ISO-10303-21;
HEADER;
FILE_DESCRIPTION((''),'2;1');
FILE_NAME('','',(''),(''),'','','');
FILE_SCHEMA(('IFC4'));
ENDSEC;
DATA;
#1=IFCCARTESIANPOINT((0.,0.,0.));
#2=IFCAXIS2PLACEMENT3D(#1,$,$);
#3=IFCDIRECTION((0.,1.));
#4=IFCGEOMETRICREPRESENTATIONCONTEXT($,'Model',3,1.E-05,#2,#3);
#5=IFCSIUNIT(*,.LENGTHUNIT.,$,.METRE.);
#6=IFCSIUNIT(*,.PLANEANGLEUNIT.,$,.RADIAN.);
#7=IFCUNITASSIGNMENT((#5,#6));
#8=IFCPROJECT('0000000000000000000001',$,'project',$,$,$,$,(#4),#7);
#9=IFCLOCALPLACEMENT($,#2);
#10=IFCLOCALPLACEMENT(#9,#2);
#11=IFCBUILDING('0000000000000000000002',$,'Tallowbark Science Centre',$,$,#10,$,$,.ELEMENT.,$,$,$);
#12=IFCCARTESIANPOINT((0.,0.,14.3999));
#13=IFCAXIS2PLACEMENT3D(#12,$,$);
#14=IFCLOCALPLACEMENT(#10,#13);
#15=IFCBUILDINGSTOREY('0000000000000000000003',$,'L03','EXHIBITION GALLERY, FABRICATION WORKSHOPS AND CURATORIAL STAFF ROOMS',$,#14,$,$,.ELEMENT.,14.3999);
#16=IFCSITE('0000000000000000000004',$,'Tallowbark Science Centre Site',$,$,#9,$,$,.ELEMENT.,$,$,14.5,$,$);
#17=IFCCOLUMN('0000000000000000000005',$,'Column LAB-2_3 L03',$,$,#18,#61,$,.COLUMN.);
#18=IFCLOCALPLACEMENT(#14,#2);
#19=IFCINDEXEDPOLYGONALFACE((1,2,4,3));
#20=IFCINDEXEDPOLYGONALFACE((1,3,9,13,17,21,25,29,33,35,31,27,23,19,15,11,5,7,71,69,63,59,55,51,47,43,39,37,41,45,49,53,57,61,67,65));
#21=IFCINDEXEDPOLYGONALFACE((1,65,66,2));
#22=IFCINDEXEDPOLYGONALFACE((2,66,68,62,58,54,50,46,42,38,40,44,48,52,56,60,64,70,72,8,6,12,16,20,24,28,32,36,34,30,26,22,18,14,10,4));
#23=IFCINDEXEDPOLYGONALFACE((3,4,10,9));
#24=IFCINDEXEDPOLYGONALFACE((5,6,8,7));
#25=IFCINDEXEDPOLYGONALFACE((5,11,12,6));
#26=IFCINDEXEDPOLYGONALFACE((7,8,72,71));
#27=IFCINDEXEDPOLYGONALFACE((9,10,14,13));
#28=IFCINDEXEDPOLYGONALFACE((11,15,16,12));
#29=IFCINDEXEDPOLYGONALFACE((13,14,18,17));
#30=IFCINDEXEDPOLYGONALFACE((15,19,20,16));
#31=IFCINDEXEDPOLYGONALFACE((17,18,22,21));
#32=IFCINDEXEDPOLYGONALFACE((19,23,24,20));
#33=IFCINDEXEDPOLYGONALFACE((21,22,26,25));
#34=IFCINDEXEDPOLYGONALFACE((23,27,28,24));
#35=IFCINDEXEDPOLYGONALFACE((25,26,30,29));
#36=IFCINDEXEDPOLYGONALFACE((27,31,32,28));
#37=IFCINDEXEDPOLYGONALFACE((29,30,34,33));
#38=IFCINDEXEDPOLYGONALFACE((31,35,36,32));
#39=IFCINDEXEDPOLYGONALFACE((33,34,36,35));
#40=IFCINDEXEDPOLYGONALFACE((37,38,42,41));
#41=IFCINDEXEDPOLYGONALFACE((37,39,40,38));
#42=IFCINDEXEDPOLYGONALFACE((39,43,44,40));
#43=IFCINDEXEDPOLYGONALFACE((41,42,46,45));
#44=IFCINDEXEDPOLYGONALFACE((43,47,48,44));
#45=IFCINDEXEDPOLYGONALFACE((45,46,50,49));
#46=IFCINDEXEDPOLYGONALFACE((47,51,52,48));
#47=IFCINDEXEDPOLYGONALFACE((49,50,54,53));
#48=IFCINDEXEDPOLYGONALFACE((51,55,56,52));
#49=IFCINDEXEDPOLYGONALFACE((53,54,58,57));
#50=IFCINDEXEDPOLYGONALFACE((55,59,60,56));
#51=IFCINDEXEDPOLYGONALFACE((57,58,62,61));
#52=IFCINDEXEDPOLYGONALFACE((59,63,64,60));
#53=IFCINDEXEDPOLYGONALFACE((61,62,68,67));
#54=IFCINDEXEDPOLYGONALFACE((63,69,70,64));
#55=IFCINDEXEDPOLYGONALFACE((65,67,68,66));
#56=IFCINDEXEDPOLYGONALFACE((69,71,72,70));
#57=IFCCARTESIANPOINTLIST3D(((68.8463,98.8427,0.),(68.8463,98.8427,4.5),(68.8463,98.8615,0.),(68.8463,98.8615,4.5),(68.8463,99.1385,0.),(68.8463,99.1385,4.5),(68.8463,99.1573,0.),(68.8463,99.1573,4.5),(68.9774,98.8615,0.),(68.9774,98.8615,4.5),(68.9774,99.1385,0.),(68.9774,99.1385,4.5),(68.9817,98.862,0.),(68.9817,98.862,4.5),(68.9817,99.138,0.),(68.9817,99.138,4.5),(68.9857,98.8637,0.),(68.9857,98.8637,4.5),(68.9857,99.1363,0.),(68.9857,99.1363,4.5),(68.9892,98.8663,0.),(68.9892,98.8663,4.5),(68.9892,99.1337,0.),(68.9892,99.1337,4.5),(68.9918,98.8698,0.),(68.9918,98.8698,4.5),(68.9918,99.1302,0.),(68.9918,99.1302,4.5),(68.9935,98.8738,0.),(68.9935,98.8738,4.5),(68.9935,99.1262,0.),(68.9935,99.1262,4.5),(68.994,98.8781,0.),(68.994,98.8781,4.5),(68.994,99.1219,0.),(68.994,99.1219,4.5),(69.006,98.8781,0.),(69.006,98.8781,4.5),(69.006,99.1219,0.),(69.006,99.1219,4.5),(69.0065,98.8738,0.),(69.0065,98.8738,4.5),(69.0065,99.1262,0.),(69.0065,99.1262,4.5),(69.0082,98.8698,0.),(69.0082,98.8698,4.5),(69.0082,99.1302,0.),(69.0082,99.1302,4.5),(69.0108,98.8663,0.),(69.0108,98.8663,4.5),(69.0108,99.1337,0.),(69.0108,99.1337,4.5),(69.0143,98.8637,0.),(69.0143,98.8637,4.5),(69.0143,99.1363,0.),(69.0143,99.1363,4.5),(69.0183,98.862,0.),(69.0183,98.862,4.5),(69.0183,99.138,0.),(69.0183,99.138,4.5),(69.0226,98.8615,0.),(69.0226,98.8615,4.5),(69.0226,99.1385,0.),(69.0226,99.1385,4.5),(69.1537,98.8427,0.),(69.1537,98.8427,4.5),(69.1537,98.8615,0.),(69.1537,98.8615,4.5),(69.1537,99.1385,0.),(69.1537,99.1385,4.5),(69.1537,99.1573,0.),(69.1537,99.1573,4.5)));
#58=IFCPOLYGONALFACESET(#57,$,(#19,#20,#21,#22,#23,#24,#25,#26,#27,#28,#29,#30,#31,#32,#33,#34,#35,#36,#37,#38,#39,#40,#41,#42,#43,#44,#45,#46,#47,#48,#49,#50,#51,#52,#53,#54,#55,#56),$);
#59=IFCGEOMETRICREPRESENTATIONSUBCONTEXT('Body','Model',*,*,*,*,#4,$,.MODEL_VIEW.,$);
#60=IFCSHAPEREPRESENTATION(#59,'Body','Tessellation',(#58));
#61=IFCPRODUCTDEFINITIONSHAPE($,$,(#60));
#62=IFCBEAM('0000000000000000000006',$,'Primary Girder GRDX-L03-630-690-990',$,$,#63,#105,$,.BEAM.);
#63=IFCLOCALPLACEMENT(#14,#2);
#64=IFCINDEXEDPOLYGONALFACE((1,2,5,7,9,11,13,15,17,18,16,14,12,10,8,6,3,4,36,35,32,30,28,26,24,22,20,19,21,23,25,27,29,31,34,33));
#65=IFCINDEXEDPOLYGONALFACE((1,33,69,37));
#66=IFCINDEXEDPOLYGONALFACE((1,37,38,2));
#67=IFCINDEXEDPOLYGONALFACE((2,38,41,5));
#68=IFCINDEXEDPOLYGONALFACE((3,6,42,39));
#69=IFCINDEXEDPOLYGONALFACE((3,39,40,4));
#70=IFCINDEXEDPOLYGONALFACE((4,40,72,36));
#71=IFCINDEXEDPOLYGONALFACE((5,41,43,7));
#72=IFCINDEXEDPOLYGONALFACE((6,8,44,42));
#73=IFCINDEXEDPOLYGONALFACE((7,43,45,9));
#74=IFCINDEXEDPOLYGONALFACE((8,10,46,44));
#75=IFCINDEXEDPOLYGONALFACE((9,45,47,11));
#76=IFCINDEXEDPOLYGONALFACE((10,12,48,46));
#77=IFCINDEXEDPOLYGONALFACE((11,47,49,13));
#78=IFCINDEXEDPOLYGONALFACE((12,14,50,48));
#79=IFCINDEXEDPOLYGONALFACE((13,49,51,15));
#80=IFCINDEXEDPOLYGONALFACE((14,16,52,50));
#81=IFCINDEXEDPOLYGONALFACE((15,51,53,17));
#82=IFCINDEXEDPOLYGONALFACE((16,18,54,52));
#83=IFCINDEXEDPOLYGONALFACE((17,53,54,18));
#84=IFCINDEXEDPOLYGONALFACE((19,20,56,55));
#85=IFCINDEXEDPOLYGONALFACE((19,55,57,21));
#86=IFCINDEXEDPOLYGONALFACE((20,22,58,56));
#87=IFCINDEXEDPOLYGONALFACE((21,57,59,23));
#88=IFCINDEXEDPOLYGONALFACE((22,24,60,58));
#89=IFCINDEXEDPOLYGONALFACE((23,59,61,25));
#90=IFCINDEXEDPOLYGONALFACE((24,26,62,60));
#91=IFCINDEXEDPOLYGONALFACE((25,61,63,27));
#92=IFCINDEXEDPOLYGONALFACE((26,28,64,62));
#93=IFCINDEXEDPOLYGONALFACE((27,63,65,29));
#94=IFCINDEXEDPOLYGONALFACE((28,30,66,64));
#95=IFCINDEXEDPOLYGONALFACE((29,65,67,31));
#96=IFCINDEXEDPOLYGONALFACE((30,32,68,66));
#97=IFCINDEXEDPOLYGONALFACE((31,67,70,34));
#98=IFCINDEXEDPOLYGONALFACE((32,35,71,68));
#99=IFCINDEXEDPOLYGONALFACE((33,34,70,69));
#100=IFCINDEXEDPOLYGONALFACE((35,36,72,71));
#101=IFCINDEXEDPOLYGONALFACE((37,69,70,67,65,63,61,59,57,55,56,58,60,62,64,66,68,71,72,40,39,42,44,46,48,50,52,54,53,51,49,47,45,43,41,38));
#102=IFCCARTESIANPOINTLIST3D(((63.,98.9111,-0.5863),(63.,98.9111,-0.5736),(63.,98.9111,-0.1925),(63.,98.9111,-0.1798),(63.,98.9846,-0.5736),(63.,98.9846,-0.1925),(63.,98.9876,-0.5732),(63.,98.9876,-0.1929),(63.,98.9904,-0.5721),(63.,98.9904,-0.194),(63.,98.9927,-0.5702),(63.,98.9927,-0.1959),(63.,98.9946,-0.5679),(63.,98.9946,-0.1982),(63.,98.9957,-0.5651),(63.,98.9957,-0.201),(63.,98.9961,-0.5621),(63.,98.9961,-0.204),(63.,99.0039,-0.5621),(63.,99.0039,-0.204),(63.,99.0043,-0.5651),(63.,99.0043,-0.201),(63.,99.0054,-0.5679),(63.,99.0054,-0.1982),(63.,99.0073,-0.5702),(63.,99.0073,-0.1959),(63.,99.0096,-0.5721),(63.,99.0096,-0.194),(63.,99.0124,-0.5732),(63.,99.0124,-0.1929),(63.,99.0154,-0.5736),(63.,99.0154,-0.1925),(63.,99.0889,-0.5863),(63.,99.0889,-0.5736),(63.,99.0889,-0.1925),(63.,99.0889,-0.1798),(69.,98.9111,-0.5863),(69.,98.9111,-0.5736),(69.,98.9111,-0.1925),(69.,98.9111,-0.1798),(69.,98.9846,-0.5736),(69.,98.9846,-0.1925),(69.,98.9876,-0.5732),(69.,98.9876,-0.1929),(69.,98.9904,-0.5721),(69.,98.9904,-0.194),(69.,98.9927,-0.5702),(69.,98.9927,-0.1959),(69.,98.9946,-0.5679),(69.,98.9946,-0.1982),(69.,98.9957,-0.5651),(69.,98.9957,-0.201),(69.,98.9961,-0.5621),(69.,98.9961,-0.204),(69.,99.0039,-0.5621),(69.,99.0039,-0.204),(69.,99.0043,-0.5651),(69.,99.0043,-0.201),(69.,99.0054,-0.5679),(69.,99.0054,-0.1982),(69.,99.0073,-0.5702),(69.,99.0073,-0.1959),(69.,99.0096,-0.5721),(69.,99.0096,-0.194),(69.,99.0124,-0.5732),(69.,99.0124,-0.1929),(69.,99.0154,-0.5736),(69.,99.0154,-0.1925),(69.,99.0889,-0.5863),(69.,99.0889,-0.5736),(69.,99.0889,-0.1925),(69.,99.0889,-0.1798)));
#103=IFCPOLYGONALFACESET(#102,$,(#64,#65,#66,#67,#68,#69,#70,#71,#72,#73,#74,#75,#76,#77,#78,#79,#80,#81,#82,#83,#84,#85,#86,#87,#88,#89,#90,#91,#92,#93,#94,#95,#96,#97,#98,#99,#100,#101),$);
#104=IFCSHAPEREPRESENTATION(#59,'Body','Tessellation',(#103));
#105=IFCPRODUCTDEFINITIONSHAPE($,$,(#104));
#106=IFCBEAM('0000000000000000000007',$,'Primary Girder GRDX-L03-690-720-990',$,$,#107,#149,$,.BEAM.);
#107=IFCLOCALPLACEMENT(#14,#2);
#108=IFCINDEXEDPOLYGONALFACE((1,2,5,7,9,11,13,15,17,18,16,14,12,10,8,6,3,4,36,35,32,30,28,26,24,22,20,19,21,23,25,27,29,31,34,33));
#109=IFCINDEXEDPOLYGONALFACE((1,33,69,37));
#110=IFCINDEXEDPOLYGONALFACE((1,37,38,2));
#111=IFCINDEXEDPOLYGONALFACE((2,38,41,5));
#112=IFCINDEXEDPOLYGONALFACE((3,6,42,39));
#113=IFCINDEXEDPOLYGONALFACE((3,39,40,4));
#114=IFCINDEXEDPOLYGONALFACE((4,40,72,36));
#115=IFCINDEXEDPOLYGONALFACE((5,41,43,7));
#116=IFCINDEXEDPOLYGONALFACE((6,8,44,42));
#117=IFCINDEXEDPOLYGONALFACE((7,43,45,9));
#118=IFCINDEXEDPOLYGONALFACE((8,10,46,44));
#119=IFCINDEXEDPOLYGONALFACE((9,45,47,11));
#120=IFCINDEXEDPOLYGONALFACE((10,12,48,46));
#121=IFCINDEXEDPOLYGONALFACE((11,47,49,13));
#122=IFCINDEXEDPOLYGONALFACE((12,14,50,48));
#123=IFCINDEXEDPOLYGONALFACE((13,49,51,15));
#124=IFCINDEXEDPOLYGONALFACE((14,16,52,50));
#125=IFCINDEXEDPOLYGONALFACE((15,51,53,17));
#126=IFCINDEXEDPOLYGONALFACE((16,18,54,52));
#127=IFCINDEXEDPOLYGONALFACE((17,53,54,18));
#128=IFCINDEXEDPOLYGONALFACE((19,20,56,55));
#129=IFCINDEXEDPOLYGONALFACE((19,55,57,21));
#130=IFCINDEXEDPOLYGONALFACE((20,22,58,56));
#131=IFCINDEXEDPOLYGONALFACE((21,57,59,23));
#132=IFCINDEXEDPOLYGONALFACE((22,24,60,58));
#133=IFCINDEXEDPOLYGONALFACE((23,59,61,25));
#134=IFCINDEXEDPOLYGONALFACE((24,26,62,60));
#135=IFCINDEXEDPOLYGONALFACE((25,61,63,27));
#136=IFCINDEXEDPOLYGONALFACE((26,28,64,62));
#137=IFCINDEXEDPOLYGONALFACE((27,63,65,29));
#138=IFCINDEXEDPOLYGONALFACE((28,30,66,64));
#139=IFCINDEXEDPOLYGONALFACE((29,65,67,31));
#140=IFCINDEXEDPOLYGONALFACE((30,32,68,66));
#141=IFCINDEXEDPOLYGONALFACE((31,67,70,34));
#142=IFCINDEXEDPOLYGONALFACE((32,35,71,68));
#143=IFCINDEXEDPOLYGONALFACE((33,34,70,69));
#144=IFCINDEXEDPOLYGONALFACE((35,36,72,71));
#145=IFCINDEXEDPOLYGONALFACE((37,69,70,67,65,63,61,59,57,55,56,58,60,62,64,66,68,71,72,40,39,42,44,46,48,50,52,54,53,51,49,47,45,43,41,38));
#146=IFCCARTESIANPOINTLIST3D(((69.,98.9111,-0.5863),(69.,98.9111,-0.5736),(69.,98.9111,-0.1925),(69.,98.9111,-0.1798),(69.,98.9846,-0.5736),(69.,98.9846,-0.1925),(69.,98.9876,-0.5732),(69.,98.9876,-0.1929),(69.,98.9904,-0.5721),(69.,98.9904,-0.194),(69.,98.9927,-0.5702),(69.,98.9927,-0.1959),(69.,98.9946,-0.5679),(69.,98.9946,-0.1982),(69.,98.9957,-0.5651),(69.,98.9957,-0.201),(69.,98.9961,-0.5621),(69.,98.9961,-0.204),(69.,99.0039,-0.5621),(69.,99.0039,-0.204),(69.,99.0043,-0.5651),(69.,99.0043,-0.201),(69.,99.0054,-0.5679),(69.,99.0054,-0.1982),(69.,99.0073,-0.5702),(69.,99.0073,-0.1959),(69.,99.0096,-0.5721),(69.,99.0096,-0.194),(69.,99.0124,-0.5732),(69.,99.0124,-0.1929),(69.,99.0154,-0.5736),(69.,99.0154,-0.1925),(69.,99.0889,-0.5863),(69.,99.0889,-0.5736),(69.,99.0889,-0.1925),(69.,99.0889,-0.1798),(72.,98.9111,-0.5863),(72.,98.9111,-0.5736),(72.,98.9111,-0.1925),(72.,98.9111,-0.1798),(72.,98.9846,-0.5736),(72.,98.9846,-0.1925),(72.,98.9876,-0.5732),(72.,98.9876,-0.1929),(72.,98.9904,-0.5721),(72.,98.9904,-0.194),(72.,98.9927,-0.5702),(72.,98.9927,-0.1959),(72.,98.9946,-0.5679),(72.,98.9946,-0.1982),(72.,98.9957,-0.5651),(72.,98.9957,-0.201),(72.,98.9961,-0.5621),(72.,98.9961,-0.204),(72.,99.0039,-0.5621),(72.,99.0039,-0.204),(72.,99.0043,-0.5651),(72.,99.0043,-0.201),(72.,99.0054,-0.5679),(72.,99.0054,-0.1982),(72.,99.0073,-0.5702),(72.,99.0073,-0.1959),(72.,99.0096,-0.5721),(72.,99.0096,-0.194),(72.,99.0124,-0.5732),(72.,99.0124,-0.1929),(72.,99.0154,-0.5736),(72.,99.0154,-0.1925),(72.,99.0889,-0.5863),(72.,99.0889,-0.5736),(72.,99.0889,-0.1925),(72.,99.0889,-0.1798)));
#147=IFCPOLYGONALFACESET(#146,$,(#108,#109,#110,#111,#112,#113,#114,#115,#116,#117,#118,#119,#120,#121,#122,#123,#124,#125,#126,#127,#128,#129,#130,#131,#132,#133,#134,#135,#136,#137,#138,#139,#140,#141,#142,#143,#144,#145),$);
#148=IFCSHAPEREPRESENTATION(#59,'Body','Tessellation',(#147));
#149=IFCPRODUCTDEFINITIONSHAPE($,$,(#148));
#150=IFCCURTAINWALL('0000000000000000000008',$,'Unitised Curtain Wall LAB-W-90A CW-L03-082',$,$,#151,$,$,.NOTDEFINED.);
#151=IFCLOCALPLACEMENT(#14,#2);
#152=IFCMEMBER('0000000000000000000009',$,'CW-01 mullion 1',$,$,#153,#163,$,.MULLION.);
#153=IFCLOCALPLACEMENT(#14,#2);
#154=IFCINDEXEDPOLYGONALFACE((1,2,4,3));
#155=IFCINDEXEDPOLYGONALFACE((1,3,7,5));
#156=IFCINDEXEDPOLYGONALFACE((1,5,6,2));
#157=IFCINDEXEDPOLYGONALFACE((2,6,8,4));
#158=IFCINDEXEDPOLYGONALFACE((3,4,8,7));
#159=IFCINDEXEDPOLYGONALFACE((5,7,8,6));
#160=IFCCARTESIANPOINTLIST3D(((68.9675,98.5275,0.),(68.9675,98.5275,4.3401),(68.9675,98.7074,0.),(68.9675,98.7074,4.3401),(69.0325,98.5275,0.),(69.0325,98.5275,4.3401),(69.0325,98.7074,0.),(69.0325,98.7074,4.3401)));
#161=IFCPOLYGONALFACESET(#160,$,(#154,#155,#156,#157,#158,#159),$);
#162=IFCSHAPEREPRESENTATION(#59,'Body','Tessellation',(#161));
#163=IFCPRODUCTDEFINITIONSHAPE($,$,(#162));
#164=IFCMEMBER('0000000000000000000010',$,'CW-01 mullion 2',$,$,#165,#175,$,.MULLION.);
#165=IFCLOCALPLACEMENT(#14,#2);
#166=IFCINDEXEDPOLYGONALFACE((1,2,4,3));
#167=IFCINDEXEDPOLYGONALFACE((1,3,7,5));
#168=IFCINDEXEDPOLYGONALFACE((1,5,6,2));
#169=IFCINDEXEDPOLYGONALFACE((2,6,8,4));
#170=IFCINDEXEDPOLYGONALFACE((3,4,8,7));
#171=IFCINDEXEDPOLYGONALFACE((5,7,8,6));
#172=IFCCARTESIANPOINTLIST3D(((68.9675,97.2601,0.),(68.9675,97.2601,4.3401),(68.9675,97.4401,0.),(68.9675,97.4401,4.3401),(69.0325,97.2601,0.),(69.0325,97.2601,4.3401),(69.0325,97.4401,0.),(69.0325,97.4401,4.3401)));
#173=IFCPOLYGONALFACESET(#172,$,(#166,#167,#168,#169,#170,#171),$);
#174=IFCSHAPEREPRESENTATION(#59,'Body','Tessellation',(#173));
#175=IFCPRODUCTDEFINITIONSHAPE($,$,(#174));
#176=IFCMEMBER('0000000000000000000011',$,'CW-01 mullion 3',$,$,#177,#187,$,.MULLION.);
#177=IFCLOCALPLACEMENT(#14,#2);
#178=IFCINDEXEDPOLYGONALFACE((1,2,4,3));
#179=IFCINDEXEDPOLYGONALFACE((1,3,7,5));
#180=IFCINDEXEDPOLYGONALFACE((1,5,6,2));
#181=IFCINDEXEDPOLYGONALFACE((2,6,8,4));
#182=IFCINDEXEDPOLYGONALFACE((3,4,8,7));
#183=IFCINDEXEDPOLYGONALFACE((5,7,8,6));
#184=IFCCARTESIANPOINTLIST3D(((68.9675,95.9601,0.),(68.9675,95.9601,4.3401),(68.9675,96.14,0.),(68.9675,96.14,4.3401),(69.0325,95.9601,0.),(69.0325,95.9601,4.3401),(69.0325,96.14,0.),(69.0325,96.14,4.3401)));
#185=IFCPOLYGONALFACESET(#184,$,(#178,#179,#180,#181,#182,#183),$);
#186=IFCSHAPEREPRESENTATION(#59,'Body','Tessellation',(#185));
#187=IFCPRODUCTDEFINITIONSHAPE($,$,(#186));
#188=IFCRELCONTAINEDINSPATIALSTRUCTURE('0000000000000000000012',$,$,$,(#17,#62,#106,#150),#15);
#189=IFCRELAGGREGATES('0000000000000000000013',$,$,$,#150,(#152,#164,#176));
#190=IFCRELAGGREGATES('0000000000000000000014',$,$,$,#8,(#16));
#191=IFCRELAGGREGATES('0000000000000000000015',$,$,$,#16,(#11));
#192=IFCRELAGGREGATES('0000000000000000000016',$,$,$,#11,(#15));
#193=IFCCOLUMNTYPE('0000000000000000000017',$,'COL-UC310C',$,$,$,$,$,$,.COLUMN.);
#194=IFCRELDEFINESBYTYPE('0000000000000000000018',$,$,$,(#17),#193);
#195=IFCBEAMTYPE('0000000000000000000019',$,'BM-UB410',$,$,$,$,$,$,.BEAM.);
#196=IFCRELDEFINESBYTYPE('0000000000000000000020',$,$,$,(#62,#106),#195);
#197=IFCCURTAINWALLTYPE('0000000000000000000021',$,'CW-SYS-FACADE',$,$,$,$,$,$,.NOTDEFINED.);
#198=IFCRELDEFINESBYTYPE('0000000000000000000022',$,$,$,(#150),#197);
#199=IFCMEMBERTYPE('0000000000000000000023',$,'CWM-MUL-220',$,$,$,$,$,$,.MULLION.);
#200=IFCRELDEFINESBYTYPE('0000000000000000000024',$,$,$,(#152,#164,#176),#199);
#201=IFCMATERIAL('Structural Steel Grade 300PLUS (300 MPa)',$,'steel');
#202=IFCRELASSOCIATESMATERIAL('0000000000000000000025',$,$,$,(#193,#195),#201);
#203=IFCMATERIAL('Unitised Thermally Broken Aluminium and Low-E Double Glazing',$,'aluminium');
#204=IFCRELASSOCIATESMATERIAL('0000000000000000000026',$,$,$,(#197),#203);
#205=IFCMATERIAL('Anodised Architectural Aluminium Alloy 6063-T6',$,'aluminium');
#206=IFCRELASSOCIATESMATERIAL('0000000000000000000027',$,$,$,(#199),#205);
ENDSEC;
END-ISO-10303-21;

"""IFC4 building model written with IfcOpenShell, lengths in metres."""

from ifc_helpers import new_model, si_unit, direction, frame, origin, origin_2d, place, context, subcontext, project, spatial, rectangle, i_section, extrude, material, material_profile, profile_set, type_object, element, aggregate, save


model = new_model("IFC4")

# Units and contexts
model_context = context("Model", 3, precision=1e-05, world=origin(), true_north=direction((0.0, 1.0)))
body_context = subcontext(model_context, "Body", "Model", "MODEL_VIEW")
ifc_project = project(units=[si_unit("LENGTHUNIT", "METRE"), si_unit("PLANEANGLEUNIT", "RADIAN")], contexts=[model_context])

# Site, building, storey
site_placement = place(None, origin())
site = spatial("IfcSite", under=ifc_project, at=site_placement, Name="Tallowbark Science Centre Site", CompositionType="ELEMENT", RefElevation=14.5)
building_placement = place(site_placement, origin())
building = spatial("IfcBuilding", under=site, at=building_placement, Name="Tallowbark Science Centre", CompositionType="ELEMENT")
storey_placement = place(building_placement, frame((0.0, 0.0, 14.3999)))
storey = spatial("IfcBuildingStorey", under=building, at=storey_placement, Name="L03", Description="EXHIBITION GALLERY, FABRICATION WORKSHOPS AND CURATORIAL STAFF ROOMS", CompositionType="ELEMENT", Elevation=14.3999)

# Column
ifc_material_1 = material(Name="Structural Steel Grade 300PLUS (300 MPa)", Category="steel")
ifc_material_profile_1 = material_profile(ifc_material_1, i_section(OverallWidth=0.3074, OverallDepth=0.3147, WebThickness=0.012, FlangeThickness=0.0188, FilletRadius=0.0166, at=origin_2d()), Name="310UC118")
ifc_profile_set_1 = profile_set([ifc_material_profile_1], Name="Structural Steel Grade 300PLUS (300 MPa)")
column_type = type_object("IfcColumnType", Name="COL-UC310C", PredefinedType="COLUMN", material=ifc_profile_set_1)
column_placement = place(storey_placement, frame((69.0, 99.0, 0.0), z_axis=(0.0, 0.0, 1.0), x_axis=(1.0, 0.0, 0.0)))
element("IfcColumn", 1, at=column_placement, inside=storey, type_object=column_type, Name="Column LAB-2_3 L03", PredefinedType="COLUMN", context=body_context, shape_type="SweptSolid", body=[
    extrude(i_section(OverallWidth=0.3074, OverallDepth=0.3147, WebThickness=0.012, FlangeThickness=0.0188, FilletRadius=0.0166, at=origin_2d()), origin(), (0.0, 0.0, 1.0), 4.5),
])

# Beams
ifc_material_profile_2 = material_profile(ifc_material_1, i_section(OverallWidth=0.1777, OverallDepth=0.4065, WebThickness=0.0078, FlangeThickness=0.0127, FilletRadius=0.0115, at=origin_2d()), Name="410UB59.7")
ifc_profile_set_2 = profile_set([ifc_material_profile_2], Name="Structural Steel Grade 300PLUS (300 MPa)")
beam_type_1 = type_object("IfcBeamType", Name="BM-UB410", PredefinedType="BEAM", material=ifc_profile_set_2)
beam_1_placement = place(storey_placement, frame((63.0, 99.0, -0.3831), z_axis=(1.0, 0.0, 0.0), x_axis=(0.0, 1.0, 0.0)))
element("IfcBeam", 2, at=beam_1_placement, inside=storey, type_object=beam_type_1, Name="Primary Girder GRDX-L03-630-690-990", PredefinedType="BEAM", context=body_context, shape_type="SweptSolid", body=[
    extrude(i_section(OverallWidth=0.1777, OverallDepth=0.4065, WebThickness=0.0078, FlangeThickness=0.0127, FilletRadius=0.0115, at=origin_2d()), origin(), (0.0, 0.0, 1.0), 6.0),
])
beam_2_placement = place(storey_placement, frame((69.0, 99.0, -0.3831), z_axis=(1.0, 0.0, 0.0), x_axis=(0.0, 1.0, 0.0)))
element("IfcBeam", 3, at=beam_2_placement, inside=storey, type_object=beam_type_1, Name="Primary Girder GRDX-L03-690-720-990", PredefinedType="BEAM", context=body_context, shape_type="SweptSolid", body=[
    extrude(i_section(OverallWidth=0.1777, OverallDepth=0.4065, WebThickness=0.0078, FlangeThickness=0.0127, FilletRadius=0.0115, at=origin_2d()), origin(), (0.0, 0.0, 1.0), 3.0),
])

# Curtain wall, members
ifc_material_2 = material(Name="Unitised Thermally Broken Aluminium and Low-E Double Glazing", Category="aluminium")
curtain_wall_type = type_object("IfcCurtainWallType", Name="CW-SYS-FACADE", PredefinedType="NOTDEFINED", material=ifc_material_2)
curtain_wall_1_placement = place(storey_placement, origin())
curtain_wall_1 = element("IfcCurtainWall", 4, at=curtain_wall_1_placement, inside=storey, type_object=curtain_wall_type, Name="Unitised Curtain Wall LAB-W-90A CW-L03-082", PredefinedType="NOTDEFINED")
ifc_material_3 = material(Name="Anodised Architectural Aluminium Alloy 6063-T6", Category="aluminium")
ifc_material_profile_3 = material_profile(ifc_material_3, rectangle(XDim=0.0649, YDim=0.1799, at=origin_2d()), Name="ALU65x180")
ifc_profile_set_3 = profile_set([ifc_material_profile_3], Name="Anodised Architectural Aluminium Alloy 6063-T6")
member_type_1 = type_object("IfcMemberType", Name="CWM-MUL-220", PredefinedType="MULLION", material=ifc_profile_set_3)
member_1_placement = place(storey_placement, frame((69.0, 98.6174, 0.0), z_axis=(0.0, 0.0, 1.0), x_axis=(1.0, 0.0, 0.0)))
member_1 = element("IfcMember", 5, at=member_1_placement, type_object=member_type_1, Name="CW-01 mullion 1", PredefinedType="MULLION", context=body_context, shape_type="SweptSolid", body=[
    extrude(rectangle(XDim=0.0649, YDim=0.1799, at=origin_2d()), origin(), (0.0, 0.0, 1.0), 4.3401),
])
member_2_placement = place(storey_placement, frame((69.0, 97.3501, 0.0), z_axis=(0.0, 0.0, 1.0), x_axis=(1.0, 0.0, 0.0)))
member_2 = element("IfcMember", 6, at=member_2_placement, type_object=member_type_1, Name="CW-01 mullion 2", PredefinedType="MULLION", context=body_context, shape_type="SweptSolid", body=[
    extrude(rectangle(XDim=0.0649, YDim=0.1799, at=origin_2d()), origin(), (0.0, 0.0, 1.0), 4.3401),
])
member_3_placement = place(storey_placement, frame((69.0, 96.05, 0.0), z_axis=(0.0, 0.0, 1.0), x_axis=(1.0, 0.0, 0.0)))
member_3 = element("IfcMember", 7, at=member_3_placement, type_object=member_type_1, Name="CW-01 mullion 3", PredefinedType="MULLION", context=body_context, shape_type="SweptSolid", body=[
    extrude(rectangle(XDim=0.0649, YDim=0.1799, at=origin_2d()), origin(), (0.0, 0.0, 1.0), 4.3401),
])

aggregate(curtain_wall_1, [member_1, member_2, member_3])

save(model, "model.ifc")
